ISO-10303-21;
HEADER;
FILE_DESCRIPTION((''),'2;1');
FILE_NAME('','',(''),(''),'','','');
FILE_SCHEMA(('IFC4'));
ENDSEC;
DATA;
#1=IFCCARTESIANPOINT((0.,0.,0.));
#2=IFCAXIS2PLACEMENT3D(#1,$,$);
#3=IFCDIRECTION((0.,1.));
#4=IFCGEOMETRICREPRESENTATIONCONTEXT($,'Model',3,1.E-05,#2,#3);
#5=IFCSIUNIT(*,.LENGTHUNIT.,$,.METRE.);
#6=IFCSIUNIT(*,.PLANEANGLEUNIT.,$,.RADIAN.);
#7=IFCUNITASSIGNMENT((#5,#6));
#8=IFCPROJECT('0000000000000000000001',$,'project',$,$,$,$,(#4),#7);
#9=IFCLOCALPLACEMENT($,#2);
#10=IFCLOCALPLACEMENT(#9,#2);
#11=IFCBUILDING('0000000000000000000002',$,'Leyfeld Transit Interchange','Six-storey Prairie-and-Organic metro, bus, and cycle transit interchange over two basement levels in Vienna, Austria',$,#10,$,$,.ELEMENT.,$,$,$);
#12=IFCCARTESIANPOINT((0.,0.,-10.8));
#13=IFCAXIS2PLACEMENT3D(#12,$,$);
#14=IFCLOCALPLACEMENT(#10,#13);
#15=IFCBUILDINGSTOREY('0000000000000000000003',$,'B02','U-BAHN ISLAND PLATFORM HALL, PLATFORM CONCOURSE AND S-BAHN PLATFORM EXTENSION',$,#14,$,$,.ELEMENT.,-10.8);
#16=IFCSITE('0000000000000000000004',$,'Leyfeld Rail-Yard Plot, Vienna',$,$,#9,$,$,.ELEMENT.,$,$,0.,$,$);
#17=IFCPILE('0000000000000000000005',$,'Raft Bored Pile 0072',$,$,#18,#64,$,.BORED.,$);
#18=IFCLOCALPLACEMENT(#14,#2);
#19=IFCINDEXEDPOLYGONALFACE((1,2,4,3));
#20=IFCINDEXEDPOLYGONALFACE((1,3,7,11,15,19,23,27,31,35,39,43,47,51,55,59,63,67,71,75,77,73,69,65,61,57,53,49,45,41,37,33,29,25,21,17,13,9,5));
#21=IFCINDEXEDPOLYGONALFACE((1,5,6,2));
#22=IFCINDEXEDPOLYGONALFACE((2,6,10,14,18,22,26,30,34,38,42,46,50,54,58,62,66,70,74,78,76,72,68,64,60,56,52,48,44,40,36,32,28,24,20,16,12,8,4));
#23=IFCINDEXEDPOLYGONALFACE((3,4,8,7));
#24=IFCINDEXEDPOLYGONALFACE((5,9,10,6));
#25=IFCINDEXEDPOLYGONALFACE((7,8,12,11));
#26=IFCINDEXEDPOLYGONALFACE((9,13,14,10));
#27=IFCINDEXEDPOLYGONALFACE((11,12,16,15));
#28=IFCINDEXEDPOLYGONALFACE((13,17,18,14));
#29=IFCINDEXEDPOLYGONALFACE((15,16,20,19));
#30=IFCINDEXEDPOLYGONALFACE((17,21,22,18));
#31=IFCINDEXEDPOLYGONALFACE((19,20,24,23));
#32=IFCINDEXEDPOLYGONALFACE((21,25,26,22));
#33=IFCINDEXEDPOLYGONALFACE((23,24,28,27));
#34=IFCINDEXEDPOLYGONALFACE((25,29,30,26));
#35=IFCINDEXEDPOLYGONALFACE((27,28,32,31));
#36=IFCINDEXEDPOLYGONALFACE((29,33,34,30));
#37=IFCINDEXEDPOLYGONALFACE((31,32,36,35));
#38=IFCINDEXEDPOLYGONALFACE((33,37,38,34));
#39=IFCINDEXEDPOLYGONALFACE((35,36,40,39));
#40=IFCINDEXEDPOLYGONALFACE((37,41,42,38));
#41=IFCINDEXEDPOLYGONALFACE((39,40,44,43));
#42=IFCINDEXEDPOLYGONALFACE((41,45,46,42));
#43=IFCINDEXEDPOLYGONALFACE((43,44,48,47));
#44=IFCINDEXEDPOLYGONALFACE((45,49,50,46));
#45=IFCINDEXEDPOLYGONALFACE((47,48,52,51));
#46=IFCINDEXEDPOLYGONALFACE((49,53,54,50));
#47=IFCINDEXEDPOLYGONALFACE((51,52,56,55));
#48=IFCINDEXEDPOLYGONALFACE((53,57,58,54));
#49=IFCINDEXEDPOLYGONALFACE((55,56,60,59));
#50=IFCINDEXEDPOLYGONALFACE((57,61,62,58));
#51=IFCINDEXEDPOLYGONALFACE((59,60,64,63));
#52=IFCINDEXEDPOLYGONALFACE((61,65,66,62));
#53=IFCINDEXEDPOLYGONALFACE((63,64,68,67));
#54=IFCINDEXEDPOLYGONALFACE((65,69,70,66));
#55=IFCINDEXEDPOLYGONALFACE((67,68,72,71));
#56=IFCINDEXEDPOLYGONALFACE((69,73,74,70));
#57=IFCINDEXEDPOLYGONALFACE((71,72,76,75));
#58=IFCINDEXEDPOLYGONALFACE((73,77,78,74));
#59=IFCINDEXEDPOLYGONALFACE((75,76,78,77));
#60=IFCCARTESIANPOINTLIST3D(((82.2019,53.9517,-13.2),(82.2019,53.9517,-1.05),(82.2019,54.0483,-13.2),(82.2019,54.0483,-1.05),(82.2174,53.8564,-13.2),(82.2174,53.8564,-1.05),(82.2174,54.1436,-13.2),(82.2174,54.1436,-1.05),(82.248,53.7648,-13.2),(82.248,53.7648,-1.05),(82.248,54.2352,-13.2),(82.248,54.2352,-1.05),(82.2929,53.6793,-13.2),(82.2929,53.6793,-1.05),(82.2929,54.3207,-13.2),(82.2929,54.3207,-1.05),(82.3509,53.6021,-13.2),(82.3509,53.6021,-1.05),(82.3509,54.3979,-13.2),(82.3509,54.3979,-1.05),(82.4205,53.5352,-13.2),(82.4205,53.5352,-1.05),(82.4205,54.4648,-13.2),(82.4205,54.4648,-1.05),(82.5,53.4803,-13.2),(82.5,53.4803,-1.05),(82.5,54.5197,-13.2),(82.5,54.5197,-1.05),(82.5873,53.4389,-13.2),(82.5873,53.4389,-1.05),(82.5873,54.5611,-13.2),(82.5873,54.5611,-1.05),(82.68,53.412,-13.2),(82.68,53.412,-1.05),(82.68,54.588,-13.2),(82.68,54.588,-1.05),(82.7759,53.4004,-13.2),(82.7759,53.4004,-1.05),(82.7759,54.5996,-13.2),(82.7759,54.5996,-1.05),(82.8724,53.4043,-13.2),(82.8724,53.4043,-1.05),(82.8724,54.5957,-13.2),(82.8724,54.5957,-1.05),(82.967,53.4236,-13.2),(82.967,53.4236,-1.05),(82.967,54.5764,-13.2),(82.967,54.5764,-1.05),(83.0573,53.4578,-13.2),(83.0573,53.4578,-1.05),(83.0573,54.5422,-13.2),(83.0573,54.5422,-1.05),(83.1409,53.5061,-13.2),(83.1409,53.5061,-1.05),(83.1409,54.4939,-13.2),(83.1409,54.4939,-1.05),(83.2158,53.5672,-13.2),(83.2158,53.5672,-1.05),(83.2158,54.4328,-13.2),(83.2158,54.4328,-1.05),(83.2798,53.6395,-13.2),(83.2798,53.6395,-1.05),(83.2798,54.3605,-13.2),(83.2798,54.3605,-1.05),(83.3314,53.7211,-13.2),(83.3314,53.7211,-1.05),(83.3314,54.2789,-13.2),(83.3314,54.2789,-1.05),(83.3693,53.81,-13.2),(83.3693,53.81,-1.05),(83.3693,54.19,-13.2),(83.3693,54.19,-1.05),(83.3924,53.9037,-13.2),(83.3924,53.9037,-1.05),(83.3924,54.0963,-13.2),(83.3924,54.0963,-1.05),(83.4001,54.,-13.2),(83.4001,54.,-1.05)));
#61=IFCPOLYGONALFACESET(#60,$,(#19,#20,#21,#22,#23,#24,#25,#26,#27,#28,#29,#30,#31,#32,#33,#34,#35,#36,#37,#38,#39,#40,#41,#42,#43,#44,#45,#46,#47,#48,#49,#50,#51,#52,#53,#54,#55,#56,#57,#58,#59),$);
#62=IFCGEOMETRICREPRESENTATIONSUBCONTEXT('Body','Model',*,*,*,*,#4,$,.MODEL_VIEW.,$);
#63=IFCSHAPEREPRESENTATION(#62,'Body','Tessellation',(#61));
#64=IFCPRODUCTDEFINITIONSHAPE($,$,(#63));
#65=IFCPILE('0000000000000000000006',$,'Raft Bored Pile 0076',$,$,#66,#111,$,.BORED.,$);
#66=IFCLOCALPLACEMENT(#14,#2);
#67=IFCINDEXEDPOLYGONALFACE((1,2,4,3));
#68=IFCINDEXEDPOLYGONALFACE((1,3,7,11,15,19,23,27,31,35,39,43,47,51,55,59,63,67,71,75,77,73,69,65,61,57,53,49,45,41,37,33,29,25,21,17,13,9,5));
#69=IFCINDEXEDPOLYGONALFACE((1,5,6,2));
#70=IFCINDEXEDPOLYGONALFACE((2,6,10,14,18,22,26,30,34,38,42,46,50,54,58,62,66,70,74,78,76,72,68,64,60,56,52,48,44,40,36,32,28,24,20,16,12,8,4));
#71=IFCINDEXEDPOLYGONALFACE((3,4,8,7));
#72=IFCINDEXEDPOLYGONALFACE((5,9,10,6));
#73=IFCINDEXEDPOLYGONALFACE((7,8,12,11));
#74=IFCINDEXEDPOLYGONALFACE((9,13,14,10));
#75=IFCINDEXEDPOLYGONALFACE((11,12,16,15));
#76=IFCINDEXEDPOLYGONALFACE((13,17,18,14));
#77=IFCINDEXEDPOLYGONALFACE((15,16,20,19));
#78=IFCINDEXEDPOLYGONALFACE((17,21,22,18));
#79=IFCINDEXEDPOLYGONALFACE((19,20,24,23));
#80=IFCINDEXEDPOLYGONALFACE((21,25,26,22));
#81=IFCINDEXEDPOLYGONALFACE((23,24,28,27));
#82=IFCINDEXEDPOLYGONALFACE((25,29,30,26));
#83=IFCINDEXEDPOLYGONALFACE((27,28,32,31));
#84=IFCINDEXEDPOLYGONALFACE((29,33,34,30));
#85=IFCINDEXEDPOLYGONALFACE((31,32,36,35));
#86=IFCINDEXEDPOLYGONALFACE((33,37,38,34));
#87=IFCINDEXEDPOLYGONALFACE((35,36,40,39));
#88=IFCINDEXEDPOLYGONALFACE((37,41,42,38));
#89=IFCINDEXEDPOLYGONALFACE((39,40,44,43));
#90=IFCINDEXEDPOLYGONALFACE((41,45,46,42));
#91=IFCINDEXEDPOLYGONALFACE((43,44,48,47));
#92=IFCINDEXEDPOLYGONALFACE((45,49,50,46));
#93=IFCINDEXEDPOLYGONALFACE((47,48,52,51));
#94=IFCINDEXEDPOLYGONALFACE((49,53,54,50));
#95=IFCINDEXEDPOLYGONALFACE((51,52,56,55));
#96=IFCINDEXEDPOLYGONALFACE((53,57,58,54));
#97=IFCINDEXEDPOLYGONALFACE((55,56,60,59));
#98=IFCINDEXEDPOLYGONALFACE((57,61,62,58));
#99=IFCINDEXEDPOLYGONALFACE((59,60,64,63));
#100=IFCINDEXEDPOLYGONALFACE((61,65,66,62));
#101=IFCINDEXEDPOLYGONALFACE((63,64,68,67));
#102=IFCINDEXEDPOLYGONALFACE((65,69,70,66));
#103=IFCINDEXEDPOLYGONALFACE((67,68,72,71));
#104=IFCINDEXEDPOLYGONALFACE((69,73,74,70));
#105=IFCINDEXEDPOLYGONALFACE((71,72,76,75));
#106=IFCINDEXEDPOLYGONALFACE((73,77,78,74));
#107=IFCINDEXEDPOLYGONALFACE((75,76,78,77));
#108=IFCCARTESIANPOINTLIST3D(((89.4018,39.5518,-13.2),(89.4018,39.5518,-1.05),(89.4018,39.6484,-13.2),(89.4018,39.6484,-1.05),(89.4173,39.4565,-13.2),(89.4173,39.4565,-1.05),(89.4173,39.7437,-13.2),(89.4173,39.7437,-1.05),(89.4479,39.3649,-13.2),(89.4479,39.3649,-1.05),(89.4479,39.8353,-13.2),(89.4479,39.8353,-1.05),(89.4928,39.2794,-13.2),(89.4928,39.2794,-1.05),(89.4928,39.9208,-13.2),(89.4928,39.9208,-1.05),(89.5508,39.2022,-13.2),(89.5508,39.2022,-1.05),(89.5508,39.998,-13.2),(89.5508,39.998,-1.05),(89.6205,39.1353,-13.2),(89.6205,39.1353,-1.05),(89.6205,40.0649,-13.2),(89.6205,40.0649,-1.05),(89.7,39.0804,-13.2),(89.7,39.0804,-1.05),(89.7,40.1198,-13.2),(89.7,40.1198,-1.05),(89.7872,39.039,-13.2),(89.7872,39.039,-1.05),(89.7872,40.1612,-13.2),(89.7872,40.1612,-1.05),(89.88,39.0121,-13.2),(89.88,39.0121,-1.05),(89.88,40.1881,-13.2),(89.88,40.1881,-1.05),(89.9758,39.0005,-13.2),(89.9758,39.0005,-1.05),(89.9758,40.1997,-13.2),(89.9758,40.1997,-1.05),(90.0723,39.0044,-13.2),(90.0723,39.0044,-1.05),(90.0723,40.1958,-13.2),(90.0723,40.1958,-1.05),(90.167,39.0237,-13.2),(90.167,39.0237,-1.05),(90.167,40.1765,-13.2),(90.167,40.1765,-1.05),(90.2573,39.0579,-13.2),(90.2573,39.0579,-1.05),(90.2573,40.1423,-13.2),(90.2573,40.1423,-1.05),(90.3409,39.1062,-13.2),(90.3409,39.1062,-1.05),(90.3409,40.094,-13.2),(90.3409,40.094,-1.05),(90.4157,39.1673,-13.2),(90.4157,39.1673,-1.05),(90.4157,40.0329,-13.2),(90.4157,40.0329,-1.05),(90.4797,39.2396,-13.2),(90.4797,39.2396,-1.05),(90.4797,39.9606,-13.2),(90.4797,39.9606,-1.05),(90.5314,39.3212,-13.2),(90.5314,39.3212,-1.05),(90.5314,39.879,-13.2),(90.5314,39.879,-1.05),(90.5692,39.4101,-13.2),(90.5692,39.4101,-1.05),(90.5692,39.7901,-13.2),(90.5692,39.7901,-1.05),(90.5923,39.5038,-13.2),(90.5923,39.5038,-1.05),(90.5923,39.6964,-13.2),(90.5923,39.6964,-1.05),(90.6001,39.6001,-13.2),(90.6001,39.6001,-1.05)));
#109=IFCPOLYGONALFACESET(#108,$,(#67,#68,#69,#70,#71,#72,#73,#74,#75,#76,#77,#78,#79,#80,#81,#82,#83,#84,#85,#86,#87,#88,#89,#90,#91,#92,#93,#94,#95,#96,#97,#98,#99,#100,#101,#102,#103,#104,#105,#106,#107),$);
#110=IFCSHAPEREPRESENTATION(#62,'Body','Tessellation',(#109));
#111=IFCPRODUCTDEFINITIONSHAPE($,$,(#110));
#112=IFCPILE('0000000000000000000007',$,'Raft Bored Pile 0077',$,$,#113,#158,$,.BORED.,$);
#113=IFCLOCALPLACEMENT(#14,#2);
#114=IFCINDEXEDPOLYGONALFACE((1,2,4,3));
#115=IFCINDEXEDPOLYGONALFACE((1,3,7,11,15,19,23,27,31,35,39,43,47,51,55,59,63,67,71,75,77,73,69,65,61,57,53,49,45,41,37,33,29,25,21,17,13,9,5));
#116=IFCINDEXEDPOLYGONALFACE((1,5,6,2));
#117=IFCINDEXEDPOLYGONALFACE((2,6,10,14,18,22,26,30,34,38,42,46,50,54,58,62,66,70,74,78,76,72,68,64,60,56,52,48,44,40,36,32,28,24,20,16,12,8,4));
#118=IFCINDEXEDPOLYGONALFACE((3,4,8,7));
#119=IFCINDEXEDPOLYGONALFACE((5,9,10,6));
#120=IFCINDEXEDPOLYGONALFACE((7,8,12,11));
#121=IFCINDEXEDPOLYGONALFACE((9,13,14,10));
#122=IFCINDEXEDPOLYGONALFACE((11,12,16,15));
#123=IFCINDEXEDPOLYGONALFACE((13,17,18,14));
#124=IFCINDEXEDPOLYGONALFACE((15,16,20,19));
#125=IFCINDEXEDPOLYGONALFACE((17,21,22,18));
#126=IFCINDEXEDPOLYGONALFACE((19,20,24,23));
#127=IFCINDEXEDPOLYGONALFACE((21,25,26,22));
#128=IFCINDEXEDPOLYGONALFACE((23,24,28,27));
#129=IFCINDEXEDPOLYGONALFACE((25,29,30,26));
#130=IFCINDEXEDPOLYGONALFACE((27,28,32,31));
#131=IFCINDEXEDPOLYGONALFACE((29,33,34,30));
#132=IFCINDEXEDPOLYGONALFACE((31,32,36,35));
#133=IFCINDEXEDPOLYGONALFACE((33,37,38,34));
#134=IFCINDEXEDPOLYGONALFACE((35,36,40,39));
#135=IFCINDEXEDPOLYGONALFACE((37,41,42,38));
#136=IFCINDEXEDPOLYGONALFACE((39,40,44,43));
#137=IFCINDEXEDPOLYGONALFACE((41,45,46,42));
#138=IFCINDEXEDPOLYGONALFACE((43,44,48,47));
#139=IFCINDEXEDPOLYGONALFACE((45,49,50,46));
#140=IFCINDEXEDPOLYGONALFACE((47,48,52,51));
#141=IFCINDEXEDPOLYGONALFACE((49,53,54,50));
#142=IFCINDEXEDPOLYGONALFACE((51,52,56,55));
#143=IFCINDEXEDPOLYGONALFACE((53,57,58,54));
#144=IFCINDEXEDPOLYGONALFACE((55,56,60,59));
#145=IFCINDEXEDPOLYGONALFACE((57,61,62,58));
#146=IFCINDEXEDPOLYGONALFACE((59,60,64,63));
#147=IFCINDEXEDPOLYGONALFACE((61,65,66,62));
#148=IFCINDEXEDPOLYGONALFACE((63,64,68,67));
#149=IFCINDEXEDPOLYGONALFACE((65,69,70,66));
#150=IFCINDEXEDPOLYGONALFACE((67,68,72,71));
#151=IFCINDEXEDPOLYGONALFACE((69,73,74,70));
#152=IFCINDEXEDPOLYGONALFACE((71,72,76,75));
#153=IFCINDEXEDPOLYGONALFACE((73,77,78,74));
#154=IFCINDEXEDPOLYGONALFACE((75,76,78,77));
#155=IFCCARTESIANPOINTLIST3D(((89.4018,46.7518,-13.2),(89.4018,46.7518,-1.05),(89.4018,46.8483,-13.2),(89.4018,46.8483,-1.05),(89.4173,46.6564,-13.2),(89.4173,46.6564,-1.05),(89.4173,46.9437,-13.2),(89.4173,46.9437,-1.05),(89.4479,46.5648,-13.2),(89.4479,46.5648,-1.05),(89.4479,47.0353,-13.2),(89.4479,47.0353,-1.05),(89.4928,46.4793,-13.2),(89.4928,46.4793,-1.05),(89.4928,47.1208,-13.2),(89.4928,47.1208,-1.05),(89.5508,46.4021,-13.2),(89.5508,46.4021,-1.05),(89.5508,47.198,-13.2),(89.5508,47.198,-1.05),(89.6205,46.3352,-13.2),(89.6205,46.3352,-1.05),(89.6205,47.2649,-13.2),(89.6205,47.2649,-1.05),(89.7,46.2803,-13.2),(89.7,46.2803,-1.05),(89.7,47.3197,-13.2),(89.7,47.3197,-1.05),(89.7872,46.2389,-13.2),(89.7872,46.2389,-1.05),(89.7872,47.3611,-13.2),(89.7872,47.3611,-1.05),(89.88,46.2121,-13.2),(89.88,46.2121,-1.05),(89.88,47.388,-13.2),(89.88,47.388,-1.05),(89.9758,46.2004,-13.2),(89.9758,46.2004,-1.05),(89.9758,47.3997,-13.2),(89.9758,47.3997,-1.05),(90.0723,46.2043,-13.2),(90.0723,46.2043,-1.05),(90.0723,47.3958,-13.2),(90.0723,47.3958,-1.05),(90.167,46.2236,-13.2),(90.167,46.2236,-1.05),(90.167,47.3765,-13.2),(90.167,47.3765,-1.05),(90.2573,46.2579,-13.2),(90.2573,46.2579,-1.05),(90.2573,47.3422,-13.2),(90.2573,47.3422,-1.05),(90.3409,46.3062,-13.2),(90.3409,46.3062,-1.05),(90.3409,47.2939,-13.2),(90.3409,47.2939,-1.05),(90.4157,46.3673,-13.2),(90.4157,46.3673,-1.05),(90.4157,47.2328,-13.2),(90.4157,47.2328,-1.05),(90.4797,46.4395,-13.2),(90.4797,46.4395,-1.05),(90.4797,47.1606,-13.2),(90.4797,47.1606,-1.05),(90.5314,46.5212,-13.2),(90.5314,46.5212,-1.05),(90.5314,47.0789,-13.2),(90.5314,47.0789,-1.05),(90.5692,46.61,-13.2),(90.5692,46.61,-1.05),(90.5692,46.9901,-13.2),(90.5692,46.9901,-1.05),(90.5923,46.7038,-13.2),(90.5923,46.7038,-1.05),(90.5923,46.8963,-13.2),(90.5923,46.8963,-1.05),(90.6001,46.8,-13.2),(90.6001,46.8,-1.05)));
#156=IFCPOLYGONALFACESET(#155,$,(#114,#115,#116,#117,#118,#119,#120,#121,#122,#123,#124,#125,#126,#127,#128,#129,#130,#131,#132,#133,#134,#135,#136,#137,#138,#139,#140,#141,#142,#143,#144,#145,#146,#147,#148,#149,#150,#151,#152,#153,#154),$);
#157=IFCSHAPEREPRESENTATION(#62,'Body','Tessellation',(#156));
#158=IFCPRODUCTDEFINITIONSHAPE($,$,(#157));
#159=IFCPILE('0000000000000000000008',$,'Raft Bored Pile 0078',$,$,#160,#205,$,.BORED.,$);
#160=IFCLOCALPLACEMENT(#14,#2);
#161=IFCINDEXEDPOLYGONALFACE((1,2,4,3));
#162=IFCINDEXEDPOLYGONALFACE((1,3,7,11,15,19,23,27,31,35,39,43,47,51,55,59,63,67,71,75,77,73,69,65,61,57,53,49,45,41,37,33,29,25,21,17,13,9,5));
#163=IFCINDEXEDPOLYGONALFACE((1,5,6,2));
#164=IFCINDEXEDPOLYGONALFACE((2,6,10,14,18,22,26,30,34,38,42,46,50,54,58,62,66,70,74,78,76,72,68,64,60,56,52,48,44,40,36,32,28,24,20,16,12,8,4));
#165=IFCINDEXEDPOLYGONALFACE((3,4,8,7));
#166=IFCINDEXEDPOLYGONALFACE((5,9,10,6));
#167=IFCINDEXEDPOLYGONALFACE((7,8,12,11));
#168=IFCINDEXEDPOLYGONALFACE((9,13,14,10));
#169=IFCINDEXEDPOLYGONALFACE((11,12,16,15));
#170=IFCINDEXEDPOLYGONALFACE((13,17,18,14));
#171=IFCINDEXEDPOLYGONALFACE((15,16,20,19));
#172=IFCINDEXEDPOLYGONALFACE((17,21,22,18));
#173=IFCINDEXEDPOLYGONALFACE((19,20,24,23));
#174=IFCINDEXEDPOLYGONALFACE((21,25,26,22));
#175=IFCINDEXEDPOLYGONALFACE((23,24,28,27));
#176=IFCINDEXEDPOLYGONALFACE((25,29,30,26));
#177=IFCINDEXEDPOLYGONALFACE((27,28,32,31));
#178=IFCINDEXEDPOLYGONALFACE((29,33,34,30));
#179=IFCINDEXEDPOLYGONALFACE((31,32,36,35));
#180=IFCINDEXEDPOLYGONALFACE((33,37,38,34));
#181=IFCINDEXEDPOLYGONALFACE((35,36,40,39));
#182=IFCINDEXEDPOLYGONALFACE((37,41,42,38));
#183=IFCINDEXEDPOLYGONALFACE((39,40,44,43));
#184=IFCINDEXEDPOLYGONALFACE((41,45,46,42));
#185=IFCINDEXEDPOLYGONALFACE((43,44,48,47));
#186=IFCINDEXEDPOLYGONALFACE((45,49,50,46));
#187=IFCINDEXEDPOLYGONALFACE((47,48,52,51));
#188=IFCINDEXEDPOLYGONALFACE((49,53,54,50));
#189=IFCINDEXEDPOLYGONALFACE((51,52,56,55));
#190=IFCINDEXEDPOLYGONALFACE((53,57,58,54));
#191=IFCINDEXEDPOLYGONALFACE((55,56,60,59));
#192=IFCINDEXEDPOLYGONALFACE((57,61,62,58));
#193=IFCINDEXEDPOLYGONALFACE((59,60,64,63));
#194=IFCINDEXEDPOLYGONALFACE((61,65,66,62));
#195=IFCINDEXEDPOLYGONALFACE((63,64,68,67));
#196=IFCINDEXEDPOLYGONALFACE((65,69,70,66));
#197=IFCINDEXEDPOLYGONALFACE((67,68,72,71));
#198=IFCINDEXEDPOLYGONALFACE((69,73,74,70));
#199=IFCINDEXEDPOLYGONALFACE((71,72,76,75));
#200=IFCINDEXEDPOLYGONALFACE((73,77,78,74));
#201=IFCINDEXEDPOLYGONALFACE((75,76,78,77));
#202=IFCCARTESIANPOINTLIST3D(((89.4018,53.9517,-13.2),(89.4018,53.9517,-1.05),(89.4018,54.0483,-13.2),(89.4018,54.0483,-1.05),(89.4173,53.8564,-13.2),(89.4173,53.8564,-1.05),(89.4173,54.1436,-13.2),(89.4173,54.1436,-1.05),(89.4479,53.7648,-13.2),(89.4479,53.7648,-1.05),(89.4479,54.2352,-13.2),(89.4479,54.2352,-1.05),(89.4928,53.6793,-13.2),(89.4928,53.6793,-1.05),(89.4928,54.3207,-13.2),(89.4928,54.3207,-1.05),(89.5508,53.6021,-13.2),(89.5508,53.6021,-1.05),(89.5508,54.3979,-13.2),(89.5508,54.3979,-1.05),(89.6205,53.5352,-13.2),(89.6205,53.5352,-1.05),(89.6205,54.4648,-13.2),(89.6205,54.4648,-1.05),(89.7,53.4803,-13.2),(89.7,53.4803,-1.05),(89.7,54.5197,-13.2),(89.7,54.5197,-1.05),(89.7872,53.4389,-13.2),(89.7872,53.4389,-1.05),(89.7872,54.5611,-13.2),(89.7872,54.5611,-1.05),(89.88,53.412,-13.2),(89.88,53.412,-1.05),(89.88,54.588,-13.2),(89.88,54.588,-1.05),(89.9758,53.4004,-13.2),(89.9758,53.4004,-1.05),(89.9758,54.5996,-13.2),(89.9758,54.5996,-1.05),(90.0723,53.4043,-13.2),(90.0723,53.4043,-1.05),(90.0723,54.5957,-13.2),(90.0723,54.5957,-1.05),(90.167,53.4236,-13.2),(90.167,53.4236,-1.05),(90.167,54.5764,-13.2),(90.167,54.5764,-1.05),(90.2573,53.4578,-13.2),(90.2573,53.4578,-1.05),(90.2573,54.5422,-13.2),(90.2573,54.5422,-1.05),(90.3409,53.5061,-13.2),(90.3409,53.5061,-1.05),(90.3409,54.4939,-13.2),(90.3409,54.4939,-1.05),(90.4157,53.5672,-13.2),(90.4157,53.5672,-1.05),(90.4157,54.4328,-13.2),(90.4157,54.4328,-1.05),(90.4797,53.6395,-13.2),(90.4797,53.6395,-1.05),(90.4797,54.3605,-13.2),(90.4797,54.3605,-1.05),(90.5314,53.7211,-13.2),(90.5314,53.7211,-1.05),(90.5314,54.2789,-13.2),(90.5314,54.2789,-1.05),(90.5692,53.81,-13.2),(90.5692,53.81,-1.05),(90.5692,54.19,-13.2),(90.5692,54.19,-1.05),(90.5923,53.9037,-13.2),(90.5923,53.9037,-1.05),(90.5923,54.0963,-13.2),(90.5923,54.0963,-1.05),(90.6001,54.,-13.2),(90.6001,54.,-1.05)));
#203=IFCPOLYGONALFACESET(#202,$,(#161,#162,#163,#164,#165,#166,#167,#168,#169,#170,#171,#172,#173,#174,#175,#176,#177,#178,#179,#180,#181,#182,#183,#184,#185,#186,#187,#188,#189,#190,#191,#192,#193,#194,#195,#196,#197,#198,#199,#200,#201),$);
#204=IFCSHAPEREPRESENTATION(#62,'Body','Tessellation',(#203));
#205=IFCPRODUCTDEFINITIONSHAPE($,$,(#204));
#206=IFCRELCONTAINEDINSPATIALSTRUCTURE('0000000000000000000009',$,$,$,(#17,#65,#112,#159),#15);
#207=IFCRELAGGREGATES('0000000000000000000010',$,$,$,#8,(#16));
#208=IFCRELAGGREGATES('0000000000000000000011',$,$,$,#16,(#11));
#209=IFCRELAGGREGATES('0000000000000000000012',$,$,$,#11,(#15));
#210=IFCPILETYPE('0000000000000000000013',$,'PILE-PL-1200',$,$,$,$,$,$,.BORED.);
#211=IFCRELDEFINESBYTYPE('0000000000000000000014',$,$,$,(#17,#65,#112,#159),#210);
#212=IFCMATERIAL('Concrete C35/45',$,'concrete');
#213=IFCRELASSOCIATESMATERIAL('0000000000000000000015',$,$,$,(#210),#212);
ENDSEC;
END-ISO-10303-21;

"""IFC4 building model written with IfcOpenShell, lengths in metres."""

from ifc_helpers import new_model, si_unit, direction, frame, origin, origin_2d, place, context, subcontext, project, spatial, circle, extrude, material, material_profile, profile_set, type_object, element, save


model = new_model("IFC4")

# Units and contexts
model_context = context("Model", 3, precision=1e-05, world=origin(), true_north=direction((0.0, 1.0)))
body_context = subcontext(model_context, "Body", "Model", "MODEL_VIEW")
ifc_project = project(units=[si_unit("LENGTHUNIT", "METRE"), si_unit("PLANEANGLEUNIT", "RADIAN")], contexts=[model_context])

# Site, building, storey
site_placement = place(None, origin())
site = spatial("IfcSite", under=ifc_project, at=site_placement, Name="Leyfeld Rail-Yard Plot, Vienna", CompositionType="ELEMENT", RefElevation=0.0)
building_placement = place(site_placement, origin())
building = spatial("IfcBuilding", under=site, at=building_placement, Name="Leyfeld Transit Interchange", Description="Six-storey Prairie-and-Organic metro, bus, and cycle transit interchange over two basement levels in Vienna, Austria", CompositionType="ELEMENT")
storey_placement = place(building_placement, frame((0.0, 0.0, -10.8)))
storey = spatial("IfcBuildingStorey", under=building, at=storey_placement, Name="B02", Description="U-BAHN ISLAND PLATFORM HALL, PLATFORM CONCOURSE AND S-BAHN PLATFORM EXTENSION", CompositionType="ELEMENT", Elevation=-10.8)

# Piles
ifc_material_1 = material(Name="Concrete C35/45", Category="concrete")
ifc_material_profile_1 = material_profile(ifc_material_1, circle(Radius=0.6001, at=origin_2d()), Name="PILE D1200")
ifc_profile_set_1 = profile_set([ifc_material_profile_1], Name="Concrete C35/45")
pile_type = type_object("IfcPileType", Name="PILE-PL-1200", PredefinedType="BORED", material=ifc_profile_set_1)
for number, where, z_axis, x_axis, name in (
    (1, (82.8, 54.0, -1.05), (0.0, 0.0, -1.0), (1.0, 0.0, 0.0), "Raft Bored Pile 0072"),
    (2, (90.0, 39.6001, -1.05), (0.0, 0.0, -1.0), (1.0, 0.0, 0.0), "Raft Bored Pile 0076"),
    (3, (90.0, 46.8, -1.05), (0.0, 0.0, -1.0), (1.0, 0.0, 0.0), "Raft Bored Pile 0077"),
    (4, (90.0, 54.0, -1.05), (0.0, 0.0, -1.0), (1.0, 0.0, 0.0), "Raft Bored Pile 0078"),
):
    element("IfcPile", number, at=place(storey_placement, frame(where, z_axis=z_axis, x_axis=x_axis)), inside=storey, type_object=pile_type, Name=name, PredefinedType="BORED", context=body_context, shape_type="SweptSolid", body=[
        extrude(circle(Radius=0.6001, at=origin_2d()), origin(), (0.0, 0.0, 1.0), 12.1499),
    ])

save(model, "model.ifc")
